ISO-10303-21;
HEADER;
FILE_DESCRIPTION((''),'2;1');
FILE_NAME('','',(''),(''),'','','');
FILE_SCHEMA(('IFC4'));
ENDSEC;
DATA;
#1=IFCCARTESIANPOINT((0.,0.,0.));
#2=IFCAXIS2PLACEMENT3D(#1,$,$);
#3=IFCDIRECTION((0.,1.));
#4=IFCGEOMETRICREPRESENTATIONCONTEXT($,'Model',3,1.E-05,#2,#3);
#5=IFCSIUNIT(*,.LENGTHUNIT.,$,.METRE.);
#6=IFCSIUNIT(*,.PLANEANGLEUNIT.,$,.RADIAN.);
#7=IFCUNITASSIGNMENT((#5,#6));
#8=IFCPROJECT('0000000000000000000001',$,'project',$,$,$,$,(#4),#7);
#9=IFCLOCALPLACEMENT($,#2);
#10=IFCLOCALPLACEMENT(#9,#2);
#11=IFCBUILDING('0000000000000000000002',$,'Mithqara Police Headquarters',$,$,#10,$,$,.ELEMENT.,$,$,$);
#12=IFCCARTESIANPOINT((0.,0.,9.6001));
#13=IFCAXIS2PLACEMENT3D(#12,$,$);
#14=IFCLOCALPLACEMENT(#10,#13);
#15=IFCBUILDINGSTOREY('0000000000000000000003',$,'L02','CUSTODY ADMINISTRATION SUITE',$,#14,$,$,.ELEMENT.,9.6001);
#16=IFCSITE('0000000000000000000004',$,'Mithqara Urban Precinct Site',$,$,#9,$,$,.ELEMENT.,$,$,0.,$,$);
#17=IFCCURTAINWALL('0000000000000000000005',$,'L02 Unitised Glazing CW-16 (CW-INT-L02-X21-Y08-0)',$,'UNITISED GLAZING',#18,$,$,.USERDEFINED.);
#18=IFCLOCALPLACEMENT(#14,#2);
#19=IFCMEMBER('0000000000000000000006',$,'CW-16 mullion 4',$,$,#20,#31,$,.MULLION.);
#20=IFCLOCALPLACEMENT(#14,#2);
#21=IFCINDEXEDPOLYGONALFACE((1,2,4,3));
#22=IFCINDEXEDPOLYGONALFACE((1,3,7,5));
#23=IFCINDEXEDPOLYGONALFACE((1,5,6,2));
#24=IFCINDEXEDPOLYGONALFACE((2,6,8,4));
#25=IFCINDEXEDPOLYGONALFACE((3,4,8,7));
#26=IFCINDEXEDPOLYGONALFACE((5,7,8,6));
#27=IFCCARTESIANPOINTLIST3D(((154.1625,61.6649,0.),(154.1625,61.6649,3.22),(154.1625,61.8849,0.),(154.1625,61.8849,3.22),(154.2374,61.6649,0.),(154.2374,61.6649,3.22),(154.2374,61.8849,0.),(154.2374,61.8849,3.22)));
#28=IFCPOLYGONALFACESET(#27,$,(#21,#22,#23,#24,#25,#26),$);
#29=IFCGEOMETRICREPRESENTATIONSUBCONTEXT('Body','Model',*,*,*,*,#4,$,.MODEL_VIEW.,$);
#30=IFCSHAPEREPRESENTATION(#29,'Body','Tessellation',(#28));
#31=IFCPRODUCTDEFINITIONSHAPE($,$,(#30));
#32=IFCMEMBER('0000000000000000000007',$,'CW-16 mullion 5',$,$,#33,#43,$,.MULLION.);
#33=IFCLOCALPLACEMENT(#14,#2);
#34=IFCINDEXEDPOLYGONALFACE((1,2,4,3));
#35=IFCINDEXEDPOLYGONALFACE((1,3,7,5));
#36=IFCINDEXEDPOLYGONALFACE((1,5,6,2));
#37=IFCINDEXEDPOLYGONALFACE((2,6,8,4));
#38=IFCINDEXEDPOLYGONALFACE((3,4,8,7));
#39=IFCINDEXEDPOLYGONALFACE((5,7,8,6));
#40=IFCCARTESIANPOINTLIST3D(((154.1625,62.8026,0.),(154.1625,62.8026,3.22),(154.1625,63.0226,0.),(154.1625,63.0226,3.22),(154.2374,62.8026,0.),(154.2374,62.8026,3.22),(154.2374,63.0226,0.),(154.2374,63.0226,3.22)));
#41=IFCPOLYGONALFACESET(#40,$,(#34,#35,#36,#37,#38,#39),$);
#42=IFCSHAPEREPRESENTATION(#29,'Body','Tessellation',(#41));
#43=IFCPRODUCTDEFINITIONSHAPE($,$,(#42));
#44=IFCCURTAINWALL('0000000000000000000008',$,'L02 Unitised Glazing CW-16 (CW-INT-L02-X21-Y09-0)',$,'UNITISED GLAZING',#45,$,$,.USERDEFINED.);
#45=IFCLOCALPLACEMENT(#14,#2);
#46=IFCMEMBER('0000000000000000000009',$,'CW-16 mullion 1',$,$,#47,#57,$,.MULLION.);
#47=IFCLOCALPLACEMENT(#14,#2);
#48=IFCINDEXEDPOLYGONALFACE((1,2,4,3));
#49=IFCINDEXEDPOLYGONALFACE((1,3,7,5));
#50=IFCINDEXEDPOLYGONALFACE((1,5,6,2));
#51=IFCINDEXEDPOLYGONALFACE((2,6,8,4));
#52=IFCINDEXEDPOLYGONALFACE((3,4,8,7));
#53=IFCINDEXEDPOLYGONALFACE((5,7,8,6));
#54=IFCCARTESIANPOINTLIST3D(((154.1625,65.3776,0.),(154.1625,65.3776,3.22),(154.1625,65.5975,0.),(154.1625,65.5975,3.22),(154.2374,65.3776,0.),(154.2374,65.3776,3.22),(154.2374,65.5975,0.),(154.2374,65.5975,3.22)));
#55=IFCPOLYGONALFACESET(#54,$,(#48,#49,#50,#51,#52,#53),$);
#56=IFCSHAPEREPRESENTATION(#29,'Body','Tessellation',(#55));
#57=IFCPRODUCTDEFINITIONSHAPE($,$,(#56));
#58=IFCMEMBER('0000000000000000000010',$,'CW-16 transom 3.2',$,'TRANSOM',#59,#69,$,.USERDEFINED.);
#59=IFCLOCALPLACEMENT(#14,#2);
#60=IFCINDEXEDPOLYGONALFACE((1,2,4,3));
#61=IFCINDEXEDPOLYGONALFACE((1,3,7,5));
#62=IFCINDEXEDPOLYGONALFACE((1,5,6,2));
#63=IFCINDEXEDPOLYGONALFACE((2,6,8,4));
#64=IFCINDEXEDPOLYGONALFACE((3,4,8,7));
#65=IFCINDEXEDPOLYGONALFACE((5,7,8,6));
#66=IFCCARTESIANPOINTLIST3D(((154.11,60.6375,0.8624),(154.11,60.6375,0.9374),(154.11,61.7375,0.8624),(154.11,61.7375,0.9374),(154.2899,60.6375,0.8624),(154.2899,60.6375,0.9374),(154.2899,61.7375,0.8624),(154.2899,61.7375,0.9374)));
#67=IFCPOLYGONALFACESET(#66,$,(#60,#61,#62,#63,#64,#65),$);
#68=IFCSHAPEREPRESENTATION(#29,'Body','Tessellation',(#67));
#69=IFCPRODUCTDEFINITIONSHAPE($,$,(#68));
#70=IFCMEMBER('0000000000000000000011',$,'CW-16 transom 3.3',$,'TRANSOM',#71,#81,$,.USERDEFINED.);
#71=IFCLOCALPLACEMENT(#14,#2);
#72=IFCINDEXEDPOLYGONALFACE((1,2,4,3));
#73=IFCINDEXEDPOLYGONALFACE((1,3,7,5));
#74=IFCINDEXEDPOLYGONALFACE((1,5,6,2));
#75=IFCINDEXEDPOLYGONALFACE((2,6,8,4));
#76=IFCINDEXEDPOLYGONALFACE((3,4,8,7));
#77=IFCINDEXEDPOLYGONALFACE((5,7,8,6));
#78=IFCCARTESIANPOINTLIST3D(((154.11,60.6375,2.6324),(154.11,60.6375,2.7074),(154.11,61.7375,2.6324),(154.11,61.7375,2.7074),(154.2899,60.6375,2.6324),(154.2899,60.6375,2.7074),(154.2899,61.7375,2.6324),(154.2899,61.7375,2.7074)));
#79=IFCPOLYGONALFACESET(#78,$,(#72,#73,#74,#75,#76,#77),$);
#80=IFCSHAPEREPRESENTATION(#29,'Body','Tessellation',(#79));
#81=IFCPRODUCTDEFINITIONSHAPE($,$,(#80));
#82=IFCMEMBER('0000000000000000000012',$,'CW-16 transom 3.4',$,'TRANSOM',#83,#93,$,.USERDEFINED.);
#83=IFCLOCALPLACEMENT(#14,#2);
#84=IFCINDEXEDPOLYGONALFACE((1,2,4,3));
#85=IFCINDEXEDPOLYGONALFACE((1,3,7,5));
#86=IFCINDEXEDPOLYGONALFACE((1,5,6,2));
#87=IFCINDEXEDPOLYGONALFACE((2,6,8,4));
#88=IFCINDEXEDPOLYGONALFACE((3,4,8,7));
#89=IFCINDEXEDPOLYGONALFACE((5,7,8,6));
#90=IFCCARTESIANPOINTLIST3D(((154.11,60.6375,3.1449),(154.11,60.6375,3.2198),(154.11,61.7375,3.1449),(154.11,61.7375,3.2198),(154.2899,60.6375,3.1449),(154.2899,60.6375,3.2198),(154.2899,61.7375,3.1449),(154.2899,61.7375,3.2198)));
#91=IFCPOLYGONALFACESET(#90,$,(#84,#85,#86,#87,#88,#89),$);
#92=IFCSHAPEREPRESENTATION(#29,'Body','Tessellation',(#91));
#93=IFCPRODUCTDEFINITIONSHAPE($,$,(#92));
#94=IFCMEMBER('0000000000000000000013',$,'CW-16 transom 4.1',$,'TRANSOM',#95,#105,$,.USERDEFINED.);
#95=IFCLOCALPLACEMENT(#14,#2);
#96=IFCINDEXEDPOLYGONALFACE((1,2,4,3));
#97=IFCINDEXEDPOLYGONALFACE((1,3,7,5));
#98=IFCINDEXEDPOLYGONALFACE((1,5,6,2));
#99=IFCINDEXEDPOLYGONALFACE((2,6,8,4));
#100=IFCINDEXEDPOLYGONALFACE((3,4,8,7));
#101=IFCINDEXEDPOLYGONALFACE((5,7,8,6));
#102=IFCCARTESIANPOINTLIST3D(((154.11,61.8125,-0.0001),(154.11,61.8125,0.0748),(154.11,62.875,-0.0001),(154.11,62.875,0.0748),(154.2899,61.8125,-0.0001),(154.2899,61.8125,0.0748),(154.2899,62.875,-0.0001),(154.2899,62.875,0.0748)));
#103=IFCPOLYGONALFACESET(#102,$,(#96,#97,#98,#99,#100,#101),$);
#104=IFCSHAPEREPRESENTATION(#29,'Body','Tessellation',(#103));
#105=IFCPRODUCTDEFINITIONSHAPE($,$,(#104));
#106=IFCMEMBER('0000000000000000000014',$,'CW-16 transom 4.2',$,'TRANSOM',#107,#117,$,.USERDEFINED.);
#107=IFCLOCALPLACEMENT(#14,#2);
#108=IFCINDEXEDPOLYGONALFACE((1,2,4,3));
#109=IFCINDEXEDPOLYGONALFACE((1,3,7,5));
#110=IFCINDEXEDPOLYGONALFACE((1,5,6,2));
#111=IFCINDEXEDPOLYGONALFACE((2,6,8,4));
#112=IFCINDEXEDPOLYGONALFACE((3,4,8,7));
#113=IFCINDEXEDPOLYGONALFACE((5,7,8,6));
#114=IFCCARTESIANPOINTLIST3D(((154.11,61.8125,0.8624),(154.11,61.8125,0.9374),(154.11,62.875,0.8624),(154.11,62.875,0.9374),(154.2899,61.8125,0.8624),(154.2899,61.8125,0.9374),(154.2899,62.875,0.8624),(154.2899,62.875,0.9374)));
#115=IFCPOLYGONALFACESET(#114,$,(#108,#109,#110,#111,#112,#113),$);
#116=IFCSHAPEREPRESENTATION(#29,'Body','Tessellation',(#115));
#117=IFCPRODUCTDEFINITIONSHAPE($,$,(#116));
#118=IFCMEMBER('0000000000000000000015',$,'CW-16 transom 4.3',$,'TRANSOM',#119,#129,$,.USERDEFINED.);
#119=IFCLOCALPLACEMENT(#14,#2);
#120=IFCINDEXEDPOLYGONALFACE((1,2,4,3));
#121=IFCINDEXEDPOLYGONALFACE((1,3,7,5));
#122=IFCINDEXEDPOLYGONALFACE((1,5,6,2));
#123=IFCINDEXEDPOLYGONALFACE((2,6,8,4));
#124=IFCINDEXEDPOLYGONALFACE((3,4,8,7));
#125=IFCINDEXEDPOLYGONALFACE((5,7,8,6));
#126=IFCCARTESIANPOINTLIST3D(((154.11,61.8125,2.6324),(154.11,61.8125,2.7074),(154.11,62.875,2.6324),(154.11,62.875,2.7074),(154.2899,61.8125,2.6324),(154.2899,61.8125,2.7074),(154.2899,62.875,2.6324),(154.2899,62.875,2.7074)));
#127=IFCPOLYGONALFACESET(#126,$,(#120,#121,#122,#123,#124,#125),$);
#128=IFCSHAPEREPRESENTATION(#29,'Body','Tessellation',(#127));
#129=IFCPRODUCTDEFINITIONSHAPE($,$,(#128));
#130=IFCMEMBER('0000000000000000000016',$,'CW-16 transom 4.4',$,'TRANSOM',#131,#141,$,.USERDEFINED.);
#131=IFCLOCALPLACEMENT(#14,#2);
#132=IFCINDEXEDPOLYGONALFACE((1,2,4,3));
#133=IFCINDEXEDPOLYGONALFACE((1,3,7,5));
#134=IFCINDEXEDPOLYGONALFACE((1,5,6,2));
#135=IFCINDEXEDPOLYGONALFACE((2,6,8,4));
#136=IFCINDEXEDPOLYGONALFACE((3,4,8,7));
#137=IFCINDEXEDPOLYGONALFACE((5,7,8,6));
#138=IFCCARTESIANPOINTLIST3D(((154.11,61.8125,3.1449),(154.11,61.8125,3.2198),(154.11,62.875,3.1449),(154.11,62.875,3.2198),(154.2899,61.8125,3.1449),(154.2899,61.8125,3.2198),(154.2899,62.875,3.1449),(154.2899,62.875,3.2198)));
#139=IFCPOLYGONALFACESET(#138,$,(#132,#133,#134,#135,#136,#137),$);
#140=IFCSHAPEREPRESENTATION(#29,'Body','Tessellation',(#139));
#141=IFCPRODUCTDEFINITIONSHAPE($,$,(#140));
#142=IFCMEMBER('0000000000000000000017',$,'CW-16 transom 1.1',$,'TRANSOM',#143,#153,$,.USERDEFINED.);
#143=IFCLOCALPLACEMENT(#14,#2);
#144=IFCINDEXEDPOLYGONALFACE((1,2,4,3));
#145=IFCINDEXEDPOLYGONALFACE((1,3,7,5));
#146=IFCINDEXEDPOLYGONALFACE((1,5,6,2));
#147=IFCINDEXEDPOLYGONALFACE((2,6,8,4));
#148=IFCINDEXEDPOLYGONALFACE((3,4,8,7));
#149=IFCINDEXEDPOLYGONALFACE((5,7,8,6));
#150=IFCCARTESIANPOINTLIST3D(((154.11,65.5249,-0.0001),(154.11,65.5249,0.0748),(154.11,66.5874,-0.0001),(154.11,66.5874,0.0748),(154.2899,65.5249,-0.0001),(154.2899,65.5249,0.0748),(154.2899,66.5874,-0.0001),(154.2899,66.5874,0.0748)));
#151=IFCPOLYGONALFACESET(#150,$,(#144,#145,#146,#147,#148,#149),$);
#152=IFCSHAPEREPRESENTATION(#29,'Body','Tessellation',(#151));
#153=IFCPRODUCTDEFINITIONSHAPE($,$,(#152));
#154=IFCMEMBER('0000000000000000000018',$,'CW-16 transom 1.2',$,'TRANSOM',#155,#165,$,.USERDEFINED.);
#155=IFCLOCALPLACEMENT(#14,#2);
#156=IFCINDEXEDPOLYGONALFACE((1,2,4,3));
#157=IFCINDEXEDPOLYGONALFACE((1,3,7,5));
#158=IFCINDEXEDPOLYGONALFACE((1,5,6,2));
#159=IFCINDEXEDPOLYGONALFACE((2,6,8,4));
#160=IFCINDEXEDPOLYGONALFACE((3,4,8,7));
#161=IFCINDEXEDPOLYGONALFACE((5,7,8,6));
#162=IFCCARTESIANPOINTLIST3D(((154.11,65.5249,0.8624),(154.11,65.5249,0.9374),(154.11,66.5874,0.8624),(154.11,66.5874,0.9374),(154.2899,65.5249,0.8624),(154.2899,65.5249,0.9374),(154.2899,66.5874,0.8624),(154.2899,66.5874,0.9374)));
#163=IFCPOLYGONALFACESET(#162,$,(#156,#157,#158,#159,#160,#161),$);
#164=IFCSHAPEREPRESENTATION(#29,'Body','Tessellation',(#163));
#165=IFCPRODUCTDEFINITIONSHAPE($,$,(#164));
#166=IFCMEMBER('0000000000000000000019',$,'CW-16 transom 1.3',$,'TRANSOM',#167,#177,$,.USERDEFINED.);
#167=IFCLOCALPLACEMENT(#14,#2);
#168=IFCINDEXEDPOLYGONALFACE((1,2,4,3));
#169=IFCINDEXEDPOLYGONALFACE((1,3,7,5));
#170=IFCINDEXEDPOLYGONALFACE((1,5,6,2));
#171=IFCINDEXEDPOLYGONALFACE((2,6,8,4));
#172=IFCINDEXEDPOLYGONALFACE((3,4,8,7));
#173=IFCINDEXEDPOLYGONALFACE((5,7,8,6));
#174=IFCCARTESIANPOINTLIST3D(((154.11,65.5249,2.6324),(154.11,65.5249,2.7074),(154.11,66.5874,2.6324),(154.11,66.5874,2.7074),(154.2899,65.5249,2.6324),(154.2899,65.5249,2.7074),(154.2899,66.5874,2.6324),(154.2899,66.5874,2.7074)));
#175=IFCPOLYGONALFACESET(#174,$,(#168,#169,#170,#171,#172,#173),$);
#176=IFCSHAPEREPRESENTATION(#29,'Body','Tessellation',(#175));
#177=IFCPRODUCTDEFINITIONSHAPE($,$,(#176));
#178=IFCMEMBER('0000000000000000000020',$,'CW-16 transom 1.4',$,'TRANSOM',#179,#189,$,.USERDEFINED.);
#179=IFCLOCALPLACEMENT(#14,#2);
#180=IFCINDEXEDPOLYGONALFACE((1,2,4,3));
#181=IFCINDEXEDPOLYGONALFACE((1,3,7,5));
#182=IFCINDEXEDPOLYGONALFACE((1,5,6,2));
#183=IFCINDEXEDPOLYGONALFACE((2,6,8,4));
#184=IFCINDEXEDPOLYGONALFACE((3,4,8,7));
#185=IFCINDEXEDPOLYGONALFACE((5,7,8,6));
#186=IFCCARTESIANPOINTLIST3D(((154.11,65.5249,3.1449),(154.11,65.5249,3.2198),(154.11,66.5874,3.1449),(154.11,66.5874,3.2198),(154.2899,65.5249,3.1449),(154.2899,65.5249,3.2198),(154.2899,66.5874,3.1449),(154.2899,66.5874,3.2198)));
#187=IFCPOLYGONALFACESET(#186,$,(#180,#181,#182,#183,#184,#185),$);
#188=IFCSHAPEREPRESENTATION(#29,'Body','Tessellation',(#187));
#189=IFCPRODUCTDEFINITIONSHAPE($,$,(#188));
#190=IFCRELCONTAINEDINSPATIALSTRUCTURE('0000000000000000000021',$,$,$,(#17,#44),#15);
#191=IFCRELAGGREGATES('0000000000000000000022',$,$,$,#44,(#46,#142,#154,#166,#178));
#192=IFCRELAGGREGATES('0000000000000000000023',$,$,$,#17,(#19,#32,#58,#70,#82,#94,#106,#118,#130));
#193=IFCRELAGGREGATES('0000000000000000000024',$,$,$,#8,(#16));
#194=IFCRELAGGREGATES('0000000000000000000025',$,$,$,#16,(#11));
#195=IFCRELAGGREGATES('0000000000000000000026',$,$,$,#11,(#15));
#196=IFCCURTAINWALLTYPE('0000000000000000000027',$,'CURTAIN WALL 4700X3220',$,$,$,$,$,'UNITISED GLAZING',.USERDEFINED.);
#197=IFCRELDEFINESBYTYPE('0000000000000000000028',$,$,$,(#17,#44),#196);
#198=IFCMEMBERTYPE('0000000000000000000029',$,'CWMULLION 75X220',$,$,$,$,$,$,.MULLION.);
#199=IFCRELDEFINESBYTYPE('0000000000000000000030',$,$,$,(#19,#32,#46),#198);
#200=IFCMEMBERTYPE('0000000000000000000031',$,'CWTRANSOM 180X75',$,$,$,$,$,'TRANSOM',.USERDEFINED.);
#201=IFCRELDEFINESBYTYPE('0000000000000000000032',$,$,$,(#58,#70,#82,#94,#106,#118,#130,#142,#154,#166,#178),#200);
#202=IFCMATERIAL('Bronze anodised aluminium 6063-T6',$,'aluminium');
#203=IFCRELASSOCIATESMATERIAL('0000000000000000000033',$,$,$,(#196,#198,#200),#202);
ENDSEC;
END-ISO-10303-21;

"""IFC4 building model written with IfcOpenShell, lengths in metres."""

from ifc_helpers import new_model, si_unit, direction, frame, origin, origin_2d, place, context, subcontext, project, spatial, rectangle, extrude, material, material_profile, profile_set, type_object, element, aggregate, save


model = new_model("IFC4")

# Units and contexts
model_context = context("Model", 3, precision=1e-05, world=origin(), true_north=direction((0.0, 1.0)))
body_context = subcontext(model_context, "Body", "Model", "MODEL_VIEW")
ifc_project = project(units=[si_unit("LENGTHUNIT", "METRE"), si_unit("PLANEANGLEUNIT", "RADIAN")], contexts=[model_context])

# Site, building, storey
site_placement = place(None, origin())
site = spatial("IfcSite", under=ifc_project, at=site_placement, Name="Mithqara Urban Precinct Site", CompositionType="ELEMENT", RefElevation=0.0)
building_placement = place(site_placement, origin())
building = spatial("IfcBuilding", under=site, at=building_placement, Name="Mithqara Police Headquarters", CompositionType="ELEMENT")
storey_placement = place(building_placement, frame((0.0, 0.0, 9.6001)))
storey = spatial("IfcBuildingStorey", under=building, at=storey_placement, Name="L02", Description="CUSTODY ADMINISTRATION SUITE", CompositionType="ELEMENT", Elevation=9.6001)

# Curtain wall, members
ifc_material_1 = material(Name="Bronze anodised aluminium 6063-T6", Category="aluminium")
curtain_wall_type = type_object("IfcCurtainWallType", Name="CURTAIN WALL 4700X3220", ElementType="UNITISED GLAZING", PredefinedType="USERDEFINED", material=ifc_material_1)
curtain_wall_1_placement = place(storey_placement, origin())
curtain_wall_1 = element("IfcCurtainWall", 1, at=curtain_wall_1_placement, inside=storey, type_object=curtain_wall_type, Name="L02 Unitised Glazing CW-16 (CW-INT-L02-X21-Y08-0)", ObjectType="UNITISED GLAZING", PredefinedType="USERDEFINED")
ifc_material_profile_1 = material_profile(ifc_material_1, rectangle(XDim=0.075, YDim=0.22, at=origin_2d()), Name="CWM 75x220")
ifc_profile_set_1 = profile_set([ifc_material_profile_1], Name="Bronze anodised aluminium 6063-T6")
member_type_1 = type_object("IfcMemberType", Name="CWMULLION 75X220", PredefinedType="MULLION", material=ifc_profile_set_1)
member_1_placement = place(storey_placement, frame((154.2, 61.7749, 0.0), z_axis=(0.0, 0.0, 1.0), x_axis=(-1.0, 0.0, 0.0)))
member_1 = element("IfcMember", 2, at=member_1_placement, type_object=member_type_1, Name="CW-16 mullion 4", PredefinedType="MULLION", context=body_context, shape_type="SweptSolid", body=[
    extrude(rectangle(XDim=0.075, YDim=0.22, at=origin_2d()), origin(), (0.0, 0.0, 1.0), 3.22),
])
member_2_placement = place(storey_placement, frame((154.2, 62.9126, 0.0), z_axis=(0.0, 0.0, 1.0), x_axis=(-1.0, 0.0, 0.0)))
member_2 = element("IfcMember", 3, at=member_2_placement, type_object=member_type_1, Name="CW-16 mullion 5", PredefinedType="MULLION", context=body_context, shape_type="SweptSolid", body=[
    extrude(rectangle(XDim=0.075, YDim=0.22, at=origin_2d()), origin(), (0.0, 0.0, 1.0), 3.22),
])

# Curtain wall, member
curtain_wall_2_placement = place(storey_placement, origin())
curtain_wall_2 = element("IfcCurtainWall", 4, at=curtain_wall_2_placement, inside=storey, type_object=curtain_wall_type, Name="L02 Unitised Glazing CW-16 (CW-INT-L02-X21-Y09-0)", ObjectType="UNITISED GLAZING", PredefinedType="USERDEFINED")
member_3_placement = place(storey_placement, frame((154.2, 65.4875, 0.0), z_axis=(0.0, 0.0, 1.0), x_axis=(-1.0, 0.0, 0.0)))
member_3 = element("IfcMember", 5, at=member_3_placement, type_object=member_type_1, Name="CW-16 mullion 1", PredefinedType="MULLION", context=body_context, shape_type="SweptSolid", body=[
    extrude(rectangle(XDim=0.075, YDim=0.22, at=origin_2d()), origin(), (0.0, 0.0, 1.0), 3.22),
])

# Members
ifc_material_profile_2 = material_profile(ifc_material_1, rectangle(XDim=0.1799, YDim=0.075, at=origin_2d()), Name="CWT 180x75")
ifc_profile_set_2 = profile_set([ifc_material_profile_2], Name="Bronze anodised aluminium 6063-T6")
member_type_2 = type_object("IfcMemberType", Name="CWTRANSOM 180X75", ElementType="TRANSOM", PredefinedType="USERDEFINED", material=ifc_profile_set_2)
member_4_placement = place(storey_placement, frame((154.2, 60.6375, 0.8999), z_axis=(0.0, 1.0, 0.0), x_axis=(-1.0, 0.0, 0.0)))
member_4 = element("IfcMember", 6, at=member_4_placement, type_object=member_type_2, Name="CW-16 transom 3.2", ObjectType="TRANSOM", PredefinedType="USERDEFINED", context=body_context, shape_type="SweptSolid", body=[
    extrude(rectangle(XDim=0.1799, YDim=0.075, at=origin_2d()), origin(), (0.0, 0.0, 1.0), 1.1001),
])
member_5_placement = place(storey_placement, frame((154.2, 60.6375, 2.6699), z_axis=(0.0, 1.0, 0.0), x_axis=(-1.0, 0.0, 0.0)))
member_5 = element("IfcMember", 7, at=member_5_placement, type_object=member_type_2, Name="CW-16 transom 3.3", ObjectType="TRANSOM", PredefinedType="USERDEFINED", context=body_context, shape_type="SweptSolid", body=[
    extrude(rectangle(XDim=0.1799, YDim=0.075, at=origin_2d()), origin(), (0.0, 0.0, 1.0), 1.1001),
])
member_6_placement = place(storey_placement, frame((154.2, 60.6375, 3.1824), z_axis=(0.0, 1.0, 0.0), x_axis=(-1.0, 0.0, 0.0)))
member_6 = element("IfcMember", 8, at=member_6_placement, type_object=member_type_2, Name="CW-16 transom 3.4", ObjectType="TRANSOM", PredefinedType="USERDEFINED", context=body_context, shape_type="SweptSolid", body=[
    extrude(rectangle(XDim=0.1799, YDim=0.075, at=origin_2d()), origin(), (0.0, 0.0, 1.0), 1.1001),
])
member_7_placement = place(storey_placement, frame((154.2, 61.8125, 0.0374), z_axis=(0.0, 1.0, 0.0), x_axis=(-1.0, 0.0, 0.0)))
member_7 = element("IfcMember", 9, at=member_7_placement, type_object=member_type_2, Name="CW-16 transom 4.1", ObjectType="TRANSOM", PredefinedType="USERDEFINED", context=body_context, shape_type="SweptSolid", body=[
    extrude(rectangle(XDim=0.1799, YDim=0.075, at=origin_2d()), origin(), (0.0, 0.0, 1.0), 1.0625),
])
member_8_placement = place(storey_placement, frame((154.2, 61.8125, 0.8999), z_axis=(0.0, 1.0, 0.0), x_axis=(-1.0, 0.0, 0.0)))
member_8 = element("IfcMember", 10, at=member_8_placement, type_object=member_type_2, Name="CW-16 transom 4.2", ObjectType="TRANSOM", PredefinedType="USERDEFINED", context=body_context, shape_type="SweptSolid", body=[
    extrude(rectangle(XDim=0.1799, YDim=0.075, at=origin_2d()), origin(), (0.0, 0.0, 1.0), 1.0625),
])
member_9_placement = place(storey_placement, frame((154.2, 61.8125, 2.6699), z_axis=(0.0, 1.0, 0.0), x_axis=(-1.0, 0.0, 0.0)))
member_9 = element("IfcMember", 11, at=member_9_placement, type_object=member_type_2, Name="CW-16 transom 4.3", ObjectType="TRANSOM", PredefinedType="USERDEFINED", context=body_context, shape_type="SweptSolid", body=[
    extrude(rectangle(XDim=0.1799, YDim=0.075, at=origin_2d()), origin(), (0.0, 0.0, 1.0), 1.0625),
])
member_10_placement = place(storey_placement, frame((154.2, 61.8125, 3.1824), z_axis=(0.0, 1.0, 0.0), x_axis=(-1.0, 0.0, 0.0)))
member_10 = element("IfcMember", 12, at=member_10_placement, type_object=member_type_2, Name="CW-16 transom 4.4", ObjectType="TRANSOM", PredefinedType="USERDEFINED", context=body_context, shape_type="SweptSolid", body=[
    extrude(rectangle(XDim=0.1799, YDim=0.075, at=origin_2d()), origin(), (0.0, 0.0, 1.0), 1.0625),
])
member_11_placement = place(storey_placement, frame((154.2, 65.5249, 0.0374), z_axis=(0.0, 1.0, 0.0), x_axis=(-1.0, 0.0, 0.0)))
member_11 = element("IfcMember", 13, at=member_11_placement, type_object=member_type_2, Name="CW-16 transom 1.1", ObjectType="TRANSOM", PredefinedType="USERDEFINED", context=body_context, shape_type="SweptSolid", body=[
    extrude(rectangle(XDim=0.1799, YDim=0.075, at=origin_2d()), origin(), (0.0, 0.0, 1.0), 1.0625),
])
member_12_placement = place(storey_placement, frame((154.2, 65.5249, 0.8999), z_axis=(0.0, 1.0, 0.0), x_axis=(-1.0, 0.0, 0.0)))
member_12 = element("IfcMember", 14, at=member_12_placement, type_object=member_type_2, Name="CW-16 transom 1.2", ObjectType="TRANSOM", PredefinedType="USERDEFINED", context=body_context, shape_type="SweptSolid", body=[
    extrude(rectangle(XDim=0.1799, YDim=0.075, at=origin_2d()), origin(), (0.0, 0.0, 1.0), 1.0625),
])
member_13_placement = place(storey_placement, frame((154.2, 65.5249, 2.6699), z_axis=(0.0, 1.0, 0.0), x_axis=(-1.0, 0.0, 0.0)))
member_13 = element("IfcMember", 15, at=member_13_placement, type_object=member_type_2, Name="CW-16 transom 1.3", ObjectType="TRANSOM", PredefinedType="USERDEFINED", context=body_context, shape_type="SweptSolid", body=[
    extrude(rectangle(XDim=0.1799, YDim=0.075, at=origin_2d()), origin(), (0.0, 0.0, 1.0), 1.0625),
])
member_14_placement = place(storey_placement, frame((154.2, 65.5249, 3.1824), z_axis=(0.0, 1.0, 0.0), x_axis=(-1.0, 0.0, 0.0)))
member_14 = element("IfcMember", 16, at=member_14_placement, type_object=member_type_2, Name="CW-16 transom 1.4", ObjectType="TRANSOM", PredefinedType="USERDEFINED", context=body_context, shape_type="SweptSolid", body=[
    extrude(rectangle(XDim=0.1799, YDim=0.075, at=origin_2d()), origin(), (0.0, 0.0, 1.0), 1.0625),
])
aggregate(curtain_wall_2, [member_3, member_11, member_12, member_13, member_14])

aggregate(curtain_wall_1, [member_1, member_2, member_4, member_5, member_6, member_7, member_8, member_9, member_10])

save(model, "model.ifc")
